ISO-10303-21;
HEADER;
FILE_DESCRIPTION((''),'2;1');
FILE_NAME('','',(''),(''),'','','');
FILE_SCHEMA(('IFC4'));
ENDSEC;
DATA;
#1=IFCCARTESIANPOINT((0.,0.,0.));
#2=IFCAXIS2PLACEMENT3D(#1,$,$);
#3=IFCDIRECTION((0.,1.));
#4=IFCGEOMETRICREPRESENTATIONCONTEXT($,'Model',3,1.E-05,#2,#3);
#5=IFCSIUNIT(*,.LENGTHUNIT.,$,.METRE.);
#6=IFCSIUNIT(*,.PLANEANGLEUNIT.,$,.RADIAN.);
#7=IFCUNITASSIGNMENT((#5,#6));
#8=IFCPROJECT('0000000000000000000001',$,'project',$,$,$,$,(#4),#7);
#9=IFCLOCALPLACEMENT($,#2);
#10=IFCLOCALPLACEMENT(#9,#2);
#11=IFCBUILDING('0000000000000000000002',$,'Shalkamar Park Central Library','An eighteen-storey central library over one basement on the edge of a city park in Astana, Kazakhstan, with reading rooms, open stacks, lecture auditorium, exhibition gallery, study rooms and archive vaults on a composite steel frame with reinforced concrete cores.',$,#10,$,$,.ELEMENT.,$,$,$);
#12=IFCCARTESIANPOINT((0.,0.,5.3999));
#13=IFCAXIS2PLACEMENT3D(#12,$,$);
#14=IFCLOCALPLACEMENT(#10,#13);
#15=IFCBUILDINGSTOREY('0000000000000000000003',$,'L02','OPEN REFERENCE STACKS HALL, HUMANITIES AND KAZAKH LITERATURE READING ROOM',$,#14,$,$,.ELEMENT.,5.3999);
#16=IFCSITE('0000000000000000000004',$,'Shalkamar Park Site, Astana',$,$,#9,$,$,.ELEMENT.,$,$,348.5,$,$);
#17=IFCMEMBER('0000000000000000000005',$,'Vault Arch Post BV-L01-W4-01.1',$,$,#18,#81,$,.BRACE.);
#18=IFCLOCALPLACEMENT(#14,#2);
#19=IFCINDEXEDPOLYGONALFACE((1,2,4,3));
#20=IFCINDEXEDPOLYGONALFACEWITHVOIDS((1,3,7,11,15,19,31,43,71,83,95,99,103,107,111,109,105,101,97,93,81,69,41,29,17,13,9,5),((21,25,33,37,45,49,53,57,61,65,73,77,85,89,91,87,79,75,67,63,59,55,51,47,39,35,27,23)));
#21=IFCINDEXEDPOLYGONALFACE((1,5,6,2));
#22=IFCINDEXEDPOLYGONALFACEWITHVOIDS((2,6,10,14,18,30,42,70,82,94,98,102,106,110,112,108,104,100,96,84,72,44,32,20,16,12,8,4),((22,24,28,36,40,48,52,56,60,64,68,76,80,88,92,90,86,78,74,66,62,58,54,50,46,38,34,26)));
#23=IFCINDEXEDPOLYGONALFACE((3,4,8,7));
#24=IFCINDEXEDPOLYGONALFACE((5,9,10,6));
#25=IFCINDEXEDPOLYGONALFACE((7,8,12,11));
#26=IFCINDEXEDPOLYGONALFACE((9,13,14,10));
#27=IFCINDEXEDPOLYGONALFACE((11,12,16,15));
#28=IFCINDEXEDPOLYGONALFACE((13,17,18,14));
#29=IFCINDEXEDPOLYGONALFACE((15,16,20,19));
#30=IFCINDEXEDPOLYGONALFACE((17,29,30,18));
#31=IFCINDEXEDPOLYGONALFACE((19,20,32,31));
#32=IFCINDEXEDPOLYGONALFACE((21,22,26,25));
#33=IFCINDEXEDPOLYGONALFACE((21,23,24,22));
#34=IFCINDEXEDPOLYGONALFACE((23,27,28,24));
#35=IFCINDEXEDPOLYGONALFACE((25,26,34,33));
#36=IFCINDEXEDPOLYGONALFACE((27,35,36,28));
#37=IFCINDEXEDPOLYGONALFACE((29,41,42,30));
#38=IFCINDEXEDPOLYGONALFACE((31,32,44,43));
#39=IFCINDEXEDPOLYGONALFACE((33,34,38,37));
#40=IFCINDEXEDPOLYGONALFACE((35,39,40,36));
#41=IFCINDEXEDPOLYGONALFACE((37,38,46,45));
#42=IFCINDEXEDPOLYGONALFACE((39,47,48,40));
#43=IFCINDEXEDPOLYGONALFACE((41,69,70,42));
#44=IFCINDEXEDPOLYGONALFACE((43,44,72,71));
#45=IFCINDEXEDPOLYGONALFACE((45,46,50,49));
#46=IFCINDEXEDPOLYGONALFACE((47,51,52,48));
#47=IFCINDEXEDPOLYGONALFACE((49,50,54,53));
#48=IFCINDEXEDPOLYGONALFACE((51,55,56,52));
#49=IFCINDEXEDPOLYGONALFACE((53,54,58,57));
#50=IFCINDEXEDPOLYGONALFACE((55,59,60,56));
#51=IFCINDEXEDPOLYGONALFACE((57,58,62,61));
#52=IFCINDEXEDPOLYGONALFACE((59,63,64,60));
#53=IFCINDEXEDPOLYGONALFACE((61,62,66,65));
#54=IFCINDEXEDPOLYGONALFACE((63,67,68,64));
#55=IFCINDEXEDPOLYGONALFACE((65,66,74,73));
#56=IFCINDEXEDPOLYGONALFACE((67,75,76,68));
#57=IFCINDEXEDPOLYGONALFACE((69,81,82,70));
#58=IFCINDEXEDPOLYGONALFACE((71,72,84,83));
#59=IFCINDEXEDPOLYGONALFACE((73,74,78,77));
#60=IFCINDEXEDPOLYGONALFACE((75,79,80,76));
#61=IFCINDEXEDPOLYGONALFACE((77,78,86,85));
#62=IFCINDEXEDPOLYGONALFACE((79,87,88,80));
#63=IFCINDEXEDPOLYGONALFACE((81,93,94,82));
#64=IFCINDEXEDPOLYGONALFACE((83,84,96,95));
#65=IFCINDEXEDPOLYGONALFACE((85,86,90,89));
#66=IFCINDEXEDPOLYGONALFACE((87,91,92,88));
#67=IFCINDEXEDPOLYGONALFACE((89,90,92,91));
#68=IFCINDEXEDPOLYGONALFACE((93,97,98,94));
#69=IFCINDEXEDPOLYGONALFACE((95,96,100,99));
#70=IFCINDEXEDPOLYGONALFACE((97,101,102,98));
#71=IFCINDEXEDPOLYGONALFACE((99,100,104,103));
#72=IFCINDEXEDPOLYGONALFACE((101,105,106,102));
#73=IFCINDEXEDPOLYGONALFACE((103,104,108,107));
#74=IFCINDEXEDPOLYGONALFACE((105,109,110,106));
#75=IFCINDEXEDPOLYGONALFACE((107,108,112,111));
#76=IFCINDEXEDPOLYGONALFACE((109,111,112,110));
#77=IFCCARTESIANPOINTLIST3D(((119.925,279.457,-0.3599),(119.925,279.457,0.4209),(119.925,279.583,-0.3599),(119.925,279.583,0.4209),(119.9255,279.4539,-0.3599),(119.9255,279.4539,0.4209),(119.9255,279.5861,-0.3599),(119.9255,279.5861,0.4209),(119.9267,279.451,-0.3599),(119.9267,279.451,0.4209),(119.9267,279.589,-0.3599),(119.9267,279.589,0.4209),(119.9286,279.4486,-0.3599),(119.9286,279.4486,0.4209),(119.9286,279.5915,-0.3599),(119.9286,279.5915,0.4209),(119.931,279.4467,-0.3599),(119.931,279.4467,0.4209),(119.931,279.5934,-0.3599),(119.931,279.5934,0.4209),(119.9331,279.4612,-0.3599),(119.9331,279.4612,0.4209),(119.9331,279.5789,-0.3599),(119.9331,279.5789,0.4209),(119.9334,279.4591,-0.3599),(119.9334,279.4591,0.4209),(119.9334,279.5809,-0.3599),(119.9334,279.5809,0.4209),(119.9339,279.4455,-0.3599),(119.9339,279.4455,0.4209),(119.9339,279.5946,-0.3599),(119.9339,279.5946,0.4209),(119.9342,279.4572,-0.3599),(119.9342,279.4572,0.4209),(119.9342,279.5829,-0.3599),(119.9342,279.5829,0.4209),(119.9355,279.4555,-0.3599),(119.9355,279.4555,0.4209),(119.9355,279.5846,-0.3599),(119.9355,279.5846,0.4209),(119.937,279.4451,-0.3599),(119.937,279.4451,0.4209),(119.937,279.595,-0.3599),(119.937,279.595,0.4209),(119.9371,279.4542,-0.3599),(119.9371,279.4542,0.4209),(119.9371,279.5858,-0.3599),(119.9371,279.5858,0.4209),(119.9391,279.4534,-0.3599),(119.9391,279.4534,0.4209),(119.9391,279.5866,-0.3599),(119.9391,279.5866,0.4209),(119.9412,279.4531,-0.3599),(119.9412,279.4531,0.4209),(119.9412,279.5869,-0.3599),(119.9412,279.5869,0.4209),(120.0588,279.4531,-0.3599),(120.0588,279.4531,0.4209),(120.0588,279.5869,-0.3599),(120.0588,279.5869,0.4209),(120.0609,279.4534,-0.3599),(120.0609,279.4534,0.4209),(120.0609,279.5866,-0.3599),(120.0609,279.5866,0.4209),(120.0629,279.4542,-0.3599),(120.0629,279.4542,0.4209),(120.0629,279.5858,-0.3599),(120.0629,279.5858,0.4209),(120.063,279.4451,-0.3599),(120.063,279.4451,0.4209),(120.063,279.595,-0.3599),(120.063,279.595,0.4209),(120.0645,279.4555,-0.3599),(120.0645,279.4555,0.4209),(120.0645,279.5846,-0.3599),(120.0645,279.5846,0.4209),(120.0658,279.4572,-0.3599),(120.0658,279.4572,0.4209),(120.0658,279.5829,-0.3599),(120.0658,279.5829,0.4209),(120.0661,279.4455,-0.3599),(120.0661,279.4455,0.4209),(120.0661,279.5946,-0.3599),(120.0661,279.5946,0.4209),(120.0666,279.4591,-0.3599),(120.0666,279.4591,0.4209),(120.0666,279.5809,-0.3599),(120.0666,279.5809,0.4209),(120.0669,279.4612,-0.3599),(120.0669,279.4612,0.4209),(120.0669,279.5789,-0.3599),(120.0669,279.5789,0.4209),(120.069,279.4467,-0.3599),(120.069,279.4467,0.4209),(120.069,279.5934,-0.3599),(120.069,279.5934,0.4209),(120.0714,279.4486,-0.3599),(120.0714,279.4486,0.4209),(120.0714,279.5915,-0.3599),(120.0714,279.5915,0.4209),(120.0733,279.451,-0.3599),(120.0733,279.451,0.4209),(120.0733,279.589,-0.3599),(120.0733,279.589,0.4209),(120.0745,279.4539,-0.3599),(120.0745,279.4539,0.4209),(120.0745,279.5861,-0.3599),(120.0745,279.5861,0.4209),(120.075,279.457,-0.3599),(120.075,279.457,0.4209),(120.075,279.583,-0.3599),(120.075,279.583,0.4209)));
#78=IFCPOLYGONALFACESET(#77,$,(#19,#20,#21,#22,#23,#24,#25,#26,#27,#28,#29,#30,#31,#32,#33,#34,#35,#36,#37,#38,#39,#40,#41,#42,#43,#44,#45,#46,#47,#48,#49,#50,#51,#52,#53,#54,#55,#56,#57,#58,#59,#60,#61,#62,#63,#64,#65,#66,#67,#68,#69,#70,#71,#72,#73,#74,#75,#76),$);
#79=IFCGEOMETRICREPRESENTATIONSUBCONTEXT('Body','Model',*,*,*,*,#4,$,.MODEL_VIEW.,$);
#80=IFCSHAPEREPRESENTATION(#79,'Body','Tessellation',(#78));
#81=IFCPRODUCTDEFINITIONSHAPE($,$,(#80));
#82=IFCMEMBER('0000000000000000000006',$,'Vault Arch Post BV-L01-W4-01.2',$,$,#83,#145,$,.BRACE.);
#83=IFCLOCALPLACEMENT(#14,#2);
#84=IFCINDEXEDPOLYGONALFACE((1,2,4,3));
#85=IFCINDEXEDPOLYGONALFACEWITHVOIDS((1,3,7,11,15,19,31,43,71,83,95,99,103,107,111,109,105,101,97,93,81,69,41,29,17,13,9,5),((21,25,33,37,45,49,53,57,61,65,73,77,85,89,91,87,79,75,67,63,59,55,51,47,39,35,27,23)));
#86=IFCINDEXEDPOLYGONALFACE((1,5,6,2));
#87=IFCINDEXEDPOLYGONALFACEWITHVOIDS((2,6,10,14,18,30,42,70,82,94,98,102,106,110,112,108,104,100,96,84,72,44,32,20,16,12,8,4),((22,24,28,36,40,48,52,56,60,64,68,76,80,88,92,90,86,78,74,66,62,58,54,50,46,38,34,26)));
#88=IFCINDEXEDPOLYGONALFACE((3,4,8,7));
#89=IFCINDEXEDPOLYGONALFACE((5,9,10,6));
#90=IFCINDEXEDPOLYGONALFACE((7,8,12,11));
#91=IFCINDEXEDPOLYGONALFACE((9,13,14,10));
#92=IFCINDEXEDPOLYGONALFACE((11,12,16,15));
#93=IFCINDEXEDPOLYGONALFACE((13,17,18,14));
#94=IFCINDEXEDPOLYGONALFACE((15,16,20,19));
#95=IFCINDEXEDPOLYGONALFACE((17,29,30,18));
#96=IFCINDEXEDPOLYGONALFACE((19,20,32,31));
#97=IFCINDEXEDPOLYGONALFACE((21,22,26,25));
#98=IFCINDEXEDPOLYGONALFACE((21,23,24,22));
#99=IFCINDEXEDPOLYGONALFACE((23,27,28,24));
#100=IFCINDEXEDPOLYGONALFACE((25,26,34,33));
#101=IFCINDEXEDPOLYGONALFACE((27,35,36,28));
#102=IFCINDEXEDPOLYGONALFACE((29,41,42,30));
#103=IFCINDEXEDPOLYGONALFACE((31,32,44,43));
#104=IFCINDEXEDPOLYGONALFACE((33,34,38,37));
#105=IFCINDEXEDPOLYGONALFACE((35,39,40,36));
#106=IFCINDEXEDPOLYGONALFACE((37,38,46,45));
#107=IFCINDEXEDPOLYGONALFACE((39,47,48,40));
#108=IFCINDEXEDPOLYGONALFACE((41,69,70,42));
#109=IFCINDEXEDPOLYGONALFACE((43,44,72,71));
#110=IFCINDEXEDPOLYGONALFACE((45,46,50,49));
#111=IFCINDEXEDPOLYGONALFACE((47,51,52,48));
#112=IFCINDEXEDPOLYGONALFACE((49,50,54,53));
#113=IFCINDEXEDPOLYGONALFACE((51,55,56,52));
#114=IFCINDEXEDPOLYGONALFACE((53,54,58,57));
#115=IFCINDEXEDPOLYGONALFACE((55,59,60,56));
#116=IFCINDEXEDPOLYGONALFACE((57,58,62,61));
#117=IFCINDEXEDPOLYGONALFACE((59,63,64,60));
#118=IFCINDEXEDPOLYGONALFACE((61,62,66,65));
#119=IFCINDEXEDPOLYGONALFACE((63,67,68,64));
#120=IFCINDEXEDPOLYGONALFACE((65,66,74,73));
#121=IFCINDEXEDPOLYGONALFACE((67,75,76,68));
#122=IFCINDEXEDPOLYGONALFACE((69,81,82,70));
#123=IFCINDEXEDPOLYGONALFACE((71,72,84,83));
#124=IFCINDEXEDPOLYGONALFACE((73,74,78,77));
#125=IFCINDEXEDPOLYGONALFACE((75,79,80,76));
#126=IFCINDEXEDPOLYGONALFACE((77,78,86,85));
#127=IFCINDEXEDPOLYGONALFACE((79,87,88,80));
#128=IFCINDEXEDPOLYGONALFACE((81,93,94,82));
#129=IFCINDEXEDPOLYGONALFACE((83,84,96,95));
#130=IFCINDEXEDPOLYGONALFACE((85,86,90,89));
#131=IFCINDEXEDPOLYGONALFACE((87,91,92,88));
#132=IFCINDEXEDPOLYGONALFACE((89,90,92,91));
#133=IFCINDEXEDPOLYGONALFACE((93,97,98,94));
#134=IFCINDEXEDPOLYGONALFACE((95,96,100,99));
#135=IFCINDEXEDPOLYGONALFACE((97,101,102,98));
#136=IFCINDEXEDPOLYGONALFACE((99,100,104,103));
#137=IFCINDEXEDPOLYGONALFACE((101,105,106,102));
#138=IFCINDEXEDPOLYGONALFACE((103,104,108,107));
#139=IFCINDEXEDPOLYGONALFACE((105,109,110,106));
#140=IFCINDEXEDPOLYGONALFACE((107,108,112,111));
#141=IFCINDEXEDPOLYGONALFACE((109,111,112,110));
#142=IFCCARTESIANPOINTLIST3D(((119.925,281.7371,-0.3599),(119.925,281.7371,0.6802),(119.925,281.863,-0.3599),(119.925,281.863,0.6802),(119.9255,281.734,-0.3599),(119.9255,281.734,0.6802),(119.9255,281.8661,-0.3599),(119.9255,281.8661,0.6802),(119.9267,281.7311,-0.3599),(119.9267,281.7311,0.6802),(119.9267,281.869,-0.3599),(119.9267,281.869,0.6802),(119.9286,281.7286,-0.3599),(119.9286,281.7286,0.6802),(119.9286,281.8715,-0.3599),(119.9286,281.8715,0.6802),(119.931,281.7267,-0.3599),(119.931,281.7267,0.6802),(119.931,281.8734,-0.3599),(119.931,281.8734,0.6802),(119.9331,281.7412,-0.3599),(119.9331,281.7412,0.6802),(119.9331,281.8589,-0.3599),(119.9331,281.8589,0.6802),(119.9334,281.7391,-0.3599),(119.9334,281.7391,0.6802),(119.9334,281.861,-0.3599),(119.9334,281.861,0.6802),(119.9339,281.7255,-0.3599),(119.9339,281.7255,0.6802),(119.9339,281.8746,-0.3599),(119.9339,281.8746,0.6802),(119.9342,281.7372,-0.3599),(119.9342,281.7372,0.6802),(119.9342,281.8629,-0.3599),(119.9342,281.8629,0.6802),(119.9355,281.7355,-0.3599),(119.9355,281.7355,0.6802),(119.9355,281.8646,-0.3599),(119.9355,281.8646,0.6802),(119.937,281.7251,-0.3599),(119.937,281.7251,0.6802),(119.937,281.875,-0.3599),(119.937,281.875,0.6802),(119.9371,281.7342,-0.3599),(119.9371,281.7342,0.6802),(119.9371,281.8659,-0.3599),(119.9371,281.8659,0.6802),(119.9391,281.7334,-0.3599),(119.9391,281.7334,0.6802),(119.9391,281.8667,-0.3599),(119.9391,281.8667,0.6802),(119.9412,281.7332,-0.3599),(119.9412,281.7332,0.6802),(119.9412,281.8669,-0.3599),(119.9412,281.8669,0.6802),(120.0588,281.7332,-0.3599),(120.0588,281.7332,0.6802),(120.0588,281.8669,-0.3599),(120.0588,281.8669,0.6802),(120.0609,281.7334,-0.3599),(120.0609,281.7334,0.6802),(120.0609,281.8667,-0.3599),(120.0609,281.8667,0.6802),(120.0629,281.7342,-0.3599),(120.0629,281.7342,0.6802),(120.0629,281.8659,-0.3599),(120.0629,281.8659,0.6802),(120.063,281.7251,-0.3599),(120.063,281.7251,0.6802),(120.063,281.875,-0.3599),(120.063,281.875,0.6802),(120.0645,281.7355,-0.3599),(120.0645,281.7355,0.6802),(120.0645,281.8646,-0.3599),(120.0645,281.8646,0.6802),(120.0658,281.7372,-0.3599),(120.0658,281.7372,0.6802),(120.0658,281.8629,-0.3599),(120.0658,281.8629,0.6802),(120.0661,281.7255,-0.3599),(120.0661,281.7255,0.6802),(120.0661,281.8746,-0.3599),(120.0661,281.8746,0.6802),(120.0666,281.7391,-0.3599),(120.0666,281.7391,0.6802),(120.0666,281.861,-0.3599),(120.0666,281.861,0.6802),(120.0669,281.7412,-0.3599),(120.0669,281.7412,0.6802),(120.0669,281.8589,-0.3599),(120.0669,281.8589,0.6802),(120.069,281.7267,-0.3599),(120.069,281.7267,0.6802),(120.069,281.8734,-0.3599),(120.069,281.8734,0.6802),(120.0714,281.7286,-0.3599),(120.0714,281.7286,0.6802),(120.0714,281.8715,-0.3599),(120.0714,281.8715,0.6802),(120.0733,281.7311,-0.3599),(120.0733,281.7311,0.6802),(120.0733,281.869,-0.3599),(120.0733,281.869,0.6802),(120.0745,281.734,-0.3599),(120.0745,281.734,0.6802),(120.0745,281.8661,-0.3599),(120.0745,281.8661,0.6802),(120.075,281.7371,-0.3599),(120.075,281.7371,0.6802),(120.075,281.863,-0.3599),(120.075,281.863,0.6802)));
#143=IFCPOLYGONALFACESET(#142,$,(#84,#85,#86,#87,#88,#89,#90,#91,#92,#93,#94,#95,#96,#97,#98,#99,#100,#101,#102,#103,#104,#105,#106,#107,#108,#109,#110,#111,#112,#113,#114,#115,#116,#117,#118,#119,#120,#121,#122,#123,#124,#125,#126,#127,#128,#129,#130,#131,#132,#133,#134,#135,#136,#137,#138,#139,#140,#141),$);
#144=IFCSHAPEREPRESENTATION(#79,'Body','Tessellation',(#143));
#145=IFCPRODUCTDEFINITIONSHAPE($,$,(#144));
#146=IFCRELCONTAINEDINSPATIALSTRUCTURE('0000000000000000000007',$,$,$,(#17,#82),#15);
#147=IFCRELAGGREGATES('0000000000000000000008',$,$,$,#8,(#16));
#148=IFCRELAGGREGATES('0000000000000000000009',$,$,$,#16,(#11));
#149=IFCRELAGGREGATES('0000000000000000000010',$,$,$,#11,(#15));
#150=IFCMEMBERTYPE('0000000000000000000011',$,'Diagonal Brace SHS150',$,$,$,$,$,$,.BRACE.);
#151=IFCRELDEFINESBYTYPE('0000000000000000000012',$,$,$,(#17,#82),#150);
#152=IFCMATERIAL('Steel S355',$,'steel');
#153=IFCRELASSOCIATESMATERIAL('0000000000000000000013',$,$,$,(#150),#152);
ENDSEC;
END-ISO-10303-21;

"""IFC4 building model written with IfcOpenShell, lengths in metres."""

from ifc_helpers import new_model, si_unit, direction, frame, origin, origin_2d, place, context, subcontext, project, spatial, hollow_rectangle, extrude, material, material_profile, profile_set, type_object, element, save


model = new_model("IFC4")

# Units and contexts
model_context = context("Model", 3, precision=1e-05, world=origin(), true_north=direction((0.0, 1.0)))
body_context = subcontext(model_context, "Body", "Model", "MODEL_VIEW")
ifc_project = project(units=[si_unit("LENGTHUNIT", "METRE"), si_unit("PLANEANGLEUNIT", "RADIAN")], contexts=[model_context])

# Site, building, storey
site_placement = place(None, origin())
site = spatial("IfcSite", under=ifc_project, at=site_placement, Name="Shalkamar Park Site, Astana", CompositionType="ELEMENT", RefElevation=348.5)
building_placement = place(site_placement, origin())
building = spatial("IfcBuilding", under=site, at=building_placement, Name="Shalkamar Park Central Library", Description="An eighteen-storey central library over one basement on the edge of a city park in Astana, Kazakhstan, with reading rooms, open stacks, lecture auditorium, exhibition gallery, study rooms and archive vaults on a composite steel frame with reinforced concrete cores.", CompositionType="ELEMENT")
storey_placement = place(building_placement, frame((0.0, 0.0, 5.3999)))
storey = spatial("IfcBuildingStorey", under=building, at=storey_placement, Name="L02", Description="OPEN REFERENCE STACKS HALL, HUMANITIES AND KAZAKH LITERATURE READING ROOM", CompositionType="ELEMENT", Elevation=5.3999)

# Shared definitions
ifc_material_1 = material(Name="Steel S355", Category="steel")

# Members
ifc_material_profile_1 = material_profile(ifc_material_1, hollow_rectangle(XDim=0.1499, YDim=0.1499, WallThickness=0.0081, InnerFilletRadius=0.0081, OuterFilletRadius=0.012, at=origin_2d()), Name="SHS 150x150x8")
ifc_profile_set_1 = profile_set([ifc_material_profile_1], Name="Steel S355")
member_type_1 = type_object("IfcMemberType", Name="Diagonal Brace SHS150", PredefinedType="BRACE", material=ifc_profile_set_1)
member_1_placement = place(storey_placement, frame((120.0, 279.52, -0.3599), z_axis=(0.0, 0.0, 1.0), x_axis=(1.0, 0.0, 0.0)))
element("IfcMember", 1, at=member_1_placement, inside=storey, type_object=member_type_1, Name="Vault Arch Post BV-L01-W4-01.1", PredefinedType="BRACE", context=body_context, shape_type="SweptSolid", body=[
    extrude(hollow_rectangle(XDim=0.1499, YDim=0.1499, WallThickness=0.0081, InnerFilletRadius=0.0081, OuterFilletRadius=0.012, at=origin_2d()), origin(), (0.0, 0.0, 1.0), 0.7808),
])
member_2_placement = place(storey_placement, frame((120.0, 281.8, -0.3599), z_axis=(0.0, 0.0, 1.0), x_axis=(1.0, 0.0, 0.0)))
element("IfcMember", 2, at=member_2_placement, inside=storey, type_object=member_type_1, Name="Vault Arch Post BV-L01-W4-01.2", PredefinedType="BRACE", context=body_context, shape_type="SweptSolid", body=[
    extrude(hollow_rectangle(XDim=0.1499, YDim=0.1499, WallThickness=0.0081, InnerFilletRadius=0.0081, OuterFilletRadius=0.012, at=origin_2d()), origin(), (0.0, 0.0, 1.0), 1.04),
])

save(model, "model.ifc")
